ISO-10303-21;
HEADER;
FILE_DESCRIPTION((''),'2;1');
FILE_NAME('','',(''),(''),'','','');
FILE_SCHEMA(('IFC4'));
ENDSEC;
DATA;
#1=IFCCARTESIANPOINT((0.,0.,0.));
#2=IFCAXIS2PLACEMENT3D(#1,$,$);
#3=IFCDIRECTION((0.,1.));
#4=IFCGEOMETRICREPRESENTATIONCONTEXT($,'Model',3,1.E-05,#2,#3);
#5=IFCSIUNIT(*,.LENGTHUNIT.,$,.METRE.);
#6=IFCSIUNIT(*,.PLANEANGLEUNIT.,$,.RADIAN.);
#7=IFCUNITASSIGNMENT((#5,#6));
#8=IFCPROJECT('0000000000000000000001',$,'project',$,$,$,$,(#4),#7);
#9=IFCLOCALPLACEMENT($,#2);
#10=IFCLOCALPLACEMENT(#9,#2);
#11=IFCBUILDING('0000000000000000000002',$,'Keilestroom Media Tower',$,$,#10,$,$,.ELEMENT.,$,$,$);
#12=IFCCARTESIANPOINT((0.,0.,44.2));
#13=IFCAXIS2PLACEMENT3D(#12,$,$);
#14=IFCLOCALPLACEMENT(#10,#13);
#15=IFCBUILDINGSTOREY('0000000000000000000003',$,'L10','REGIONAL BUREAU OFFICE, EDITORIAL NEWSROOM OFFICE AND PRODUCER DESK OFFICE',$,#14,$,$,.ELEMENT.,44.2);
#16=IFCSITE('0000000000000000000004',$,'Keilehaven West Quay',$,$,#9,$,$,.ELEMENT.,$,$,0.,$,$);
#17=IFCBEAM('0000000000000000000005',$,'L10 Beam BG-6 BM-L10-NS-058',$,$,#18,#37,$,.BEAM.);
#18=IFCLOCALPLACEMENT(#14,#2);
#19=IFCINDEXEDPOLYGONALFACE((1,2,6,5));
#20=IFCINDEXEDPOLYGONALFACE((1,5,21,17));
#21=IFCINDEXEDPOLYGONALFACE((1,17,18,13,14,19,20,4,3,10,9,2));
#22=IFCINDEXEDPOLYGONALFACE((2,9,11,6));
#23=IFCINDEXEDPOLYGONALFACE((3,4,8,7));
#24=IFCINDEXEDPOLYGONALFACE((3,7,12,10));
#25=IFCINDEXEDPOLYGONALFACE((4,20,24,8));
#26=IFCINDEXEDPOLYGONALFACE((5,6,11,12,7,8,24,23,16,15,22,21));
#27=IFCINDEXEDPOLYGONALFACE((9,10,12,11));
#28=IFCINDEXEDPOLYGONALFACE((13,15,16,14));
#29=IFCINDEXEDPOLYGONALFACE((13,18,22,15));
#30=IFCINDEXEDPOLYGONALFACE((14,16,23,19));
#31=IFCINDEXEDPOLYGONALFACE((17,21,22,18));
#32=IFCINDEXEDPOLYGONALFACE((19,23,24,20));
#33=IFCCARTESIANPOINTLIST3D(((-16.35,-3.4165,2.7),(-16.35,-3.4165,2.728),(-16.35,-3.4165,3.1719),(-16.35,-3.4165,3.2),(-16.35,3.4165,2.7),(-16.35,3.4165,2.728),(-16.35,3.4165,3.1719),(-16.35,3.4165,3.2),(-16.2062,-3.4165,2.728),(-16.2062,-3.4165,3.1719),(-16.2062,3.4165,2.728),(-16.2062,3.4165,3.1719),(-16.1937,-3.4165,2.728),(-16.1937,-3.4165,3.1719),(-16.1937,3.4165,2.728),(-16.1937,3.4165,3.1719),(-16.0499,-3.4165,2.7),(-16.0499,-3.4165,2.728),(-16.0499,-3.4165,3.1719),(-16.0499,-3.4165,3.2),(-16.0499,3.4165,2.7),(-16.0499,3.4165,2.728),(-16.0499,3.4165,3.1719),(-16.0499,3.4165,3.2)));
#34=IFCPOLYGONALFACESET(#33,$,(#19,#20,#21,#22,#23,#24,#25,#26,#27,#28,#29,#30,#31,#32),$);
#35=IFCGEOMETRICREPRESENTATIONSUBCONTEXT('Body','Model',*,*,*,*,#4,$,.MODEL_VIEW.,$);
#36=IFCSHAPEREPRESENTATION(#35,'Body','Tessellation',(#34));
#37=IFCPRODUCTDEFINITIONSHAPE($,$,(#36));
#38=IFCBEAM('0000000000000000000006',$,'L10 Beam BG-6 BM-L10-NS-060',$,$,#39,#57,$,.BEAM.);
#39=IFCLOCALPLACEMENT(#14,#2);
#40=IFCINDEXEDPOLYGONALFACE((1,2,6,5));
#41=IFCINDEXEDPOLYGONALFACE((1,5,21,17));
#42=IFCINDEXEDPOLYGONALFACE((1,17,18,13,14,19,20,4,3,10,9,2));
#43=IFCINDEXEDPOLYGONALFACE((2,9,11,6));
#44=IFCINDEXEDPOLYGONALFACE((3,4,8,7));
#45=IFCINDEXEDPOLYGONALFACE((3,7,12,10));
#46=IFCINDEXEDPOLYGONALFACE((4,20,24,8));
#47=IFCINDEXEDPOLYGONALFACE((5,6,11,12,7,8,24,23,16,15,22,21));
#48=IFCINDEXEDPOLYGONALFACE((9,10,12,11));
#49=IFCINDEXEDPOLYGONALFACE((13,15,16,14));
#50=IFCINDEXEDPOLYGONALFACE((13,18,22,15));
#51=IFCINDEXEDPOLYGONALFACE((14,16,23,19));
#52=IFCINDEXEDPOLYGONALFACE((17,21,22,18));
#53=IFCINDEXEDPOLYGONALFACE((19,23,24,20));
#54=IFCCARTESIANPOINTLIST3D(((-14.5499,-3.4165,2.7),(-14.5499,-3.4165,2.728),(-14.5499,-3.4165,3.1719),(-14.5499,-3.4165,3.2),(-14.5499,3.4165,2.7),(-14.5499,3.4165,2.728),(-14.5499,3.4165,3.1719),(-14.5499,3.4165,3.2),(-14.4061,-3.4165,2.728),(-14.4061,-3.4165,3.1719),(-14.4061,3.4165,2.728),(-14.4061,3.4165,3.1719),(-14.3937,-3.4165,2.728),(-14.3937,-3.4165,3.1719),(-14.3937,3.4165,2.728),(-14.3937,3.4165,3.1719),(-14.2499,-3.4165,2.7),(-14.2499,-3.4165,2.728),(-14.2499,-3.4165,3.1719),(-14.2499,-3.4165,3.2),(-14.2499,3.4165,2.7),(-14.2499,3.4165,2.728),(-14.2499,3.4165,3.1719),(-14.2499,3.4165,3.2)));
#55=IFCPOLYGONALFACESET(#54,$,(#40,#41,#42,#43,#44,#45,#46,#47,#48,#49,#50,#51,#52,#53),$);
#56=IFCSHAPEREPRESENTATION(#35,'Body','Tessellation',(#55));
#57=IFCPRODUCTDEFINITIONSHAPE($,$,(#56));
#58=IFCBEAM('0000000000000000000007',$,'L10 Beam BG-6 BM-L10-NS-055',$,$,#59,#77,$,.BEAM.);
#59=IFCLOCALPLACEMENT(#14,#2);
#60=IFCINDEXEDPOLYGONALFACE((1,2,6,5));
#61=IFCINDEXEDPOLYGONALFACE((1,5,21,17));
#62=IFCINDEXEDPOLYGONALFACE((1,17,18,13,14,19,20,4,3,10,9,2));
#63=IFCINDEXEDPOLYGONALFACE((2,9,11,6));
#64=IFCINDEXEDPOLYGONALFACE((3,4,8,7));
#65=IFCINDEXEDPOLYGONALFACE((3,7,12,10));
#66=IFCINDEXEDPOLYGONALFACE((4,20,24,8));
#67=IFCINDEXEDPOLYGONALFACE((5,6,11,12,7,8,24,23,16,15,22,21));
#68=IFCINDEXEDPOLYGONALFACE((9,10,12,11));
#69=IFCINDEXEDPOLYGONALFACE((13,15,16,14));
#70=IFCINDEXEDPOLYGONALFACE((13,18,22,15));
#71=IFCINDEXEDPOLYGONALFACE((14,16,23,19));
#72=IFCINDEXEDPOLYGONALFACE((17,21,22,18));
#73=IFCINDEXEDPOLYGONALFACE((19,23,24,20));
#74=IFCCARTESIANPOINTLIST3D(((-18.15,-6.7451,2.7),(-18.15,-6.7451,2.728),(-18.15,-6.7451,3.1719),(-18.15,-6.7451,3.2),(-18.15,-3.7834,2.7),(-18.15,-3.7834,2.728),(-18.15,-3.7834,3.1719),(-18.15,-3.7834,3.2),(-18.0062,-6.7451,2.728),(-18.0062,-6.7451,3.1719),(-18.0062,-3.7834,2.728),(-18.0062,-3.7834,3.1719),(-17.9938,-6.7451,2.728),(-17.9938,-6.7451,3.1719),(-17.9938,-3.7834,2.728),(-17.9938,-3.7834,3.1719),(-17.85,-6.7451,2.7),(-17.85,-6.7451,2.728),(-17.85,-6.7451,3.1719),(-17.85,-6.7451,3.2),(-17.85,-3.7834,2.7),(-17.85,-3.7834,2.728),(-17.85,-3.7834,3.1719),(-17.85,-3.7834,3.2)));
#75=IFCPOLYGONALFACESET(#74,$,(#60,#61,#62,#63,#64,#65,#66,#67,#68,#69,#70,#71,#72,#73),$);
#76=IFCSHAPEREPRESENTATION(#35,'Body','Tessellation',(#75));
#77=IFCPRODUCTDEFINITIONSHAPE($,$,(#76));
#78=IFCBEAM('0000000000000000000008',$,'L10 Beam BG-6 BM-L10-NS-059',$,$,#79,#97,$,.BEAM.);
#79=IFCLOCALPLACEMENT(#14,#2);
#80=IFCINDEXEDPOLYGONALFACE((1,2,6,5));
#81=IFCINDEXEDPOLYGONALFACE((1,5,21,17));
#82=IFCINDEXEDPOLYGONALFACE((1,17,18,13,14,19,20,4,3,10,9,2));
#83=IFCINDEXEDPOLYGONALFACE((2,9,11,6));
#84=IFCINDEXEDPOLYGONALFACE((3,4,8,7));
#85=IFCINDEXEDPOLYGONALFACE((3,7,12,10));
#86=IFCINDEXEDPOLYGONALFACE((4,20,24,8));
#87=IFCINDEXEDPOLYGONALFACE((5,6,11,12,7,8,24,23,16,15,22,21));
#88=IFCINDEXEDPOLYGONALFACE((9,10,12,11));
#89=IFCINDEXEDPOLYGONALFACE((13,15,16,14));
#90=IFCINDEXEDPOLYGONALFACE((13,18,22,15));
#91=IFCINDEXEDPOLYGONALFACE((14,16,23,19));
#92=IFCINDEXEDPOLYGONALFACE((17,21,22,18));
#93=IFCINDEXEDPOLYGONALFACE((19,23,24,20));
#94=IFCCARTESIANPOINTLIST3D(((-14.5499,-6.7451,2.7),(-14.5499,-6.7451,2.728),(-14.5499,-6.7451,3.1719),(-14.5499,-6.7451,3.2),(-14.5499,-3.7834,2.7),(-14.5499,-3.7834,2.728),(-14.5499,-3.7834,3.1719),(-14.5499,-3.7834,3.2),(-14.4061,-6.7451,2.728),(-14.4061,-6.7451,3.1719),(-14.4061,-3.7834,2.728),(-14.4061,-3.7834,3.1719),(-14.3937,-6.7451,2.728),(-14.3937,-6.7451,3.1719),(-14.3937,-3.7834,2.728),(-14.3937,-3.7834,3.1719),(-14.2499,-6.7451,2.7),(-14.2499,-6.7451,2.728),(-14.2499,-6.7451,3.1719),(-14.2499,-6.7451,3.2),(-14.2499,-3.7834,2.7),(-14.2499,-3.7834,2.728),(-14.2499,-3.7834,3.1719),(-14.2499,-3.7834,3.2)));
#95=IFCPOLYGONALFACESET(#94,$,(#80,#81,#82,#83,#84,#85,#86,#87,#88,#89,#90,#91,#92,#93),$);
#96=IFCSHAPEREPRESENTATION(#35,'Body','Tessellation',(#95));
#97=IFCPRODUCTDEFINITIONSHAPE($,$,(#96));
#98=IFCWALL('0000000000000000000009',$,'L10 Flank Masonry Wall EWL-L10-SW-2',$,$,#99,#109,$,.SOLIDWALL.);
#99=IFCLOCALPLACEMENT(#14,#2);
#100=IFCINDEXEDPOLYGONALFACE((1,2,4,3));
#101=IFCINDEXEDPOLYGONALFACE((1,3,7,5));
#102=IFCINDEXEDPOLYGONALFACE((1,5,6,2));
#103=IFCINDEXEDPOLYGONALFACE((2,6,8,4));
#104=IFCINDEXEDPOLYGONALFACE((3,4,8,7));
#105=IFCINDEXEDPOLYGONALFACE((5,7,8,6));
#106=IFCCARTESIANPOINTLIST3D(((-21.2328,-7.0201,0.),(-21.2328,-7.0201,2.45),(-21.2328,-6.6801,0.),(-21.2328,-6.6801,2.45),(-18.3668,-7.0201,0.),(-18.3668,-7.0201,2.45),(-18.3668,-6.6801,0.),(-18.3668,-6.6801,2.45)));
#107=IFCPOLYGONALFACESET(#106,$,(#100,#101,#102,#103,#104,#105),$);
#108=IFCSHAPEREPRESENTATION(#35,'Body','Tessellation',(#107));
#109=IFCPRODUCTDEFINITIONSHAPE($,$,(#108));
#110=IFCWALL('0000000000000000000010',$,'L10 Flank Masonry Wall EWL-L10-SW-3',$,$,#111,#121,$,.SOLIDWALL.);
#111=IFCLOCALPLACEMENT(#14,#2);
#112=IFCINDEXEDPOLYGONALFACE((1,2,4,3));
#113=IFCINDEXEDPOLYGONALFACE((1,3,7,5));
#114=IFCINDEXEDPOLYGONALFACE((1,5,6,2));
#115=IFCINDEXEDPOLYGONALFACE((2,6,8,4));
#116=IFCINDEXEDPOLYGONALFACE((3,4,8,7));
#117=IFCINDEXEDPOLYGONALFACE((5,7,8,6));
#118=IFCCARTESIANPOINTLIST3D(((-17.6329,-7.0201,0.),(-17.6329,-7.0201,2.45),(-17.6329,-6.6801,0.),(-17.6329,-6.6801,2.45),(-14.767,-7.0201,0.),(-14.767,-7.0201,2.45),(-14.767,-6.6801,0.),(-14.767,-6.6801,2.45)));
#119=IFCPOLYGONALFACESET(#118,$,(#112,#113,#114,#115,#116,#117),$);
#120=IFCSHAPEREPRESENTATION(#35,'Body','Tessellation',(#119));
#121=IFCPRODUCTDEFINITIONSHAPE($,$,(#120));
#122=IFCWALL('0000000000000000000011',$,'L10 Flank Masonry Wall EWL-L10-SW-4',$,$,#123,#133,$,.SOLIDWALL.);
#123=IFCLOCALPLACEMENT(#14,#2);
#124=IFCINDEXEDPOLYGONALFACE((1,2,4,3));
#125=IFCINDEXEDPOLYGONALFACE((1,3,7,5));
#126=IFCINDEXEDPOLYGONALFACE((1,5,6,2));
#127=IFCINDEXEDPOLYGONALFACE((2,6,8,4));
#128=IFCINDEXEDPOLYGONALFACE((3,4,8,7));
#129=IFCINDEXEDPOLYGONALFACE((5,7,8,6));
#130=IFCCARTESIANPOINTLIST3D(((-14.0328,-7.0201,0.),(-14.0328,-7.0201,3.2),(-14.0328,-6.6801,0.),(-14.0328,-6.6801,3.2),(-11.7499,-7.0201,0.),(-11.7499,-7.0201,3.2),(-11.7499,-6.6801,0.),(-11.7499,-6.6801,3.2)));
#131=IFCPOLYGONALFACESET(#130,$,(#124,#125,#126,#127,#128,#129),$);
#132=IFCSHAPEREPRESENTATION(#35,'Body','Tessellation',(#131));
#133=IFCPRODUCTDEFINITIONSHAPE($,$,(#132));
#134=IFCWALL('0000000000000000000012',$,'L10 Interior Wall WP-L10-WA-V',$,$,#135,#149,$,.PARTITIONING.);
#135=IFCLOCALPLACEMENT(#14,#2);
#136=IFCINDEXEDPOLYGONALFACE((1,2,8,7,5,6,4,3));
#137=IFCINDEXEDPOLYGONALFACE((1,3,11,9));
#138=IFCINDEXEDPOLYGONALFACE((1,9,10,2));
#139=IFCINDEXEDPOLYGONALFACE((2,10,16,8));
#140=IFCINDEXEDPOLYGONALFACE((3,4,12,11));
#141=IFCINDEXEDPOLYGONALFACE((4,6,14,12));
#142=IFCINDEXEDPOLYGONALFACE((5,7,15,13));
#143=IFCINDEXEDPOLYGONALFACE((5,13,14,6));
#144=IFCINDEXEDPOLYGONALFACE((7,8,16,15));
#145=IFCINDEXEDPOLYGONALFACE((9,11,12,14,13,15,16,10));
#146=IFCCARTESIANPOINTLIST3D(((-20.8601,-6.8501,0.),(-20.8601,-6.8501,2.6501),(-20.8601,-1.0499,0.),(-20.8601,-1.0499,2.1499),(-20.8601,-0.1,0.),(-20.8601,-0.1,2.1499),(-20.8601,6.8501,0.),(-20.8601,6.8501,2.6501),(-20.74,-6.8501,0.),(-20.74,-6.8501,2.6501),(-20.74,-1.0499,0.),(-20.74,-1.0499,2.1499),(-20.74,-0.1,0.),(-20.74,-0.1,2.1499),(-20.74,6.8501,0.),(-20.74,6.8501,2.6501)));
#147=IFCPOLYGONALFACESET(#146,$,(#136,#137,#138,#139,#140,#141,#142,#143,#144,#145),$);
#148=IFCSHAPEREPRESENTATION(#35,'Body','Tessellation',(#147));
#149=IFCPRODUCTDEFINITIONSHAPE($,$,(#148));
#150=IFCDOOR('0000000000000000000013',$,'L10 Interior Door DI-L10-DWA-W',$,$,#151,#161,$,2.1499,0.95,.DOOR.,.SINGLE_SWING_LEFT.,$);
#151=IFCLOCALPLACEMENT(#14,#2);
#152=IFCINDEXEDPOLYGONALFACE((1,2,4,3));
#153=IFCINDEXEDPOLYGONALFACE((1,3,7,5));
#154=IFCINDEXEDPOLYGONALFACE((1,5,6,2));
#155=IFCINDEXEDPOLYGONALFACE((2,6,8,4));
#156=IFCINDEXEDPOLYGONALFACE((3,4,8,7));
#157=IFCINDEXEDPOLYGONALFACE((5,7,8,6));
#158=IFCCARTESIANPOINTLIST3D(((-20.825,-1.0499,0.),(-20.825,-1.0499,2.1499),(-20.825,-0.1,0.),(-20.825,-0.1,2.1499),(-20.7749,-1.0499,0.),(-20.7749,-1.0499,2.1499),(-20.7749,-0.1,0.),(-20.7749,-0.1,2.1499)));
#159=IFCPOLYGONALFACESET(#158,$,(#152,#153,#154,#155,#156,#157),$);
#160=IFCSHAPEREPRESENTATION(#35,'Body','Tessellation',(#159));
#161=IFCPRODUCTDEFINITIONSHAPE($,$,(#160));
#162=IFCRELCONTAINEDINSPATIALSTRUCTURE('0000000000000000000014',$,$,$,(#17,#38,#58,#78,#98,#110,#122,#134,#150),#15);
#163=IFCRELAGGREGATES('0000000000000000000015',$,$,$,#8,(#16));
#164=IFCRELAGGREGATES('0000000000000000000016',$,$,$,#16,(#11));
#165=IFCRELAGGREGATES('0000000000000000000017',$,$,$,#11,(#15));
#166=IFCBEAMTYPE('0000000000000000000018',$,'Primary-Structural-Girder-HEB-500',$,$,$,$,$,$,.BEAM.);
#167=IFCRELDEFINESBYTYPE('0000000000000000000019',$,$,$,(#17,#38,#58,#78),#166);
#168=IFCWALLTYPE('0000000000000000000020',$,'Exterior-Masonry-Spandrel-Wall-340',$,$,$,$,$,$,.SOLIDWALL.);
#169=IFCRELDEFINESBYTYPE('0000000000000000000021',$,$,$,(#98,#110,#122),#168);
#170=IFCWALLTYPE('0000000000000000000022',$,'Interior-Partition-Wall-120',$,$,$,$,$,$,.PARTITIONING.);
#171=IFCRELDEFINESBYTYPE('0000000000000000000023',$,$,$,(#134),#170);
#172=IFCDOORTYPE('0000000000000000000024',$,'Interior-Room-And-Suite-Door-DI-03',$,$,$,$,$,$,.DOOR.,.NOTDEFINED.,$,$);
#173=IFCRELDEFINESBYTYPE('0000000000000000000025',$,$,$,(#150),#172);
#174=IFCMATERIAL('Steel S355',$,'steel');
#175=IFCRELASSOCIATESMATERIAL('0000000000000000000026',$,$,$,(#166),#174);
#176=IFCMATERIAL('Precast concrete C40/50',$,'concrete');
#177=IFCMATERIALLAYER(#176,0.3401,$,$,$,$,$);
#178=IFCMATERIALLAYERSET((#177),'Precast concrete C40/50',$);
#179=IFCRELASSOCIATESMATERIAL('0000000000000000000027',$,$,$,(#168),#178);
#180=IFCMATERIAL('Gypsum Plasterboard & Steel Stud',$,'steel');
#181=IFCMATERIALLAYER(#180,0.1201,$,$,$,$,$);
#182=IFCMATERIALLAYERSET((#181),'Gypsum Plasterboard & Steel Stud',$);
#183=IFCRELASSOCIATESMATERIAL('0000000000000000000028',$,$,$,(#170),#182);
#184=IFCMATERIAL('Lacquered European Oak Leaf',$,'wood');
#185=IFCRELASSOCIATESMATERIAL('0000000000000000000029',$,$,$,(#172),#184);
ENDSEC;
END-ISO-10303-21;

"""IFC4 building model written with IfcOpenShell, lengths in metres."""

from ifc_helpers import new_model, si_unit, direction, frame, frame_2d, origin, origin_2d, place, context, subcontext, project, spatial, rectangle, i_section, extrude, source, transform, mapped, material, layer, layer_set, material_profile, profile_set, type_object, element, fill, save


model = new_model("IFC4")

# Units and contexts
model_context = context("Model", 3, precision=1e-05, world=origin(), true_north=direction((0.0, 1.0)))
body_context = subcontext(model_context, "Body", "Model", "MODEL_VIEW")
ifc_project = project(units=[si_unit("LENGTHUNIT", "METRE"), si_unit("PLANEANGLEUNIT", "RADIAN")], contexts=[model_context])

# Site, building, storey
site_placement = place(None, origin())
site = spatial("IfcSite", under=ifc_project, at=site_placement, Name="Keilehaven West Quay", CompositionType="ELEMENT", RefElevation=0.0)
building_placement = place(site_placement, origin())
building = spatial("IfcBuilding", under=site, at=building_placement, Name="Keilestroom Media Tower", CompositionType="ELEMENT")
storey_placement = place(building_placement, frame((0.0, 0.0, 44.2)))
storey = spatial("IfcBuildingStorey", under=building, at=storey_placement, Name="L10", Description="REGIONAL BUREAU OFFICE, EDITORIAL NEWSROOM OFFICE AND PRODUCER DESK OFFICE", CompositionType="ELEMENT", Elevation=44.2)

# Shared definitions
ifc_material_1 = material(Name="Precast concrete C40/50", Category="concrete")

# Beams
ifc_material_2 = material(Name="Steel S355", Category="steel")
ifc_material_profile_1 = material_profile(ifc_material_2, i_section(OverallWidth=0.3, OverallDepth=0.5, WebThickness=0.0125, FlangeThickness=0.0281, at=origin_2d()), Name="HEB 500")
ifc_profile_set_1 = profile_set([ifc_material_profile_1], Name="Steel S355")
beam_type_1 = type_object("IfcBeamType", Name="Primary-Structural-Girder-HEB-500", PredefinedType="BEAM", material=ifc_profile_set_1)
shared_shape_1 = source(origin(), body_context, "Body", "SweptSolid", [
    extrude(i_section(OverallWidth=0.3, OverallDepth=0.5, WebThickness=0.0125, FlangeThickness=0.0281, at=origin_2d()), origin(), (0.0, 0.0, 1.0), 6.833),
])
for number, where, z_axis, x_axis, name in (
    (1, (-16.2, -3.4165, 2.95), (0.0, 1.0, 0.0), (-1.0, 0.0, 0.0), "L10 Beam BG-6 BM-L10-NS-058"),
    (2, (-14.3999, -3.4165, 2.95), (0.0, 1.0, 0.0), (-1.0, 0.0, 0.0), "L10 Beam BG-6 BM-L10-NS-060"),
):
    element("IfcBeam", number, at=place(storey_placement, frame(where, z_axis=z_axis, x_axis=x_axis)), inside=storey, type_object=beam_type_1, Name=name, PredefinedType="BEAM", context=body_context, shape_type="MappedRepresentation", body=[
        mapped(shared_shape_1, transform((0.0, 0.0, 0.0), x_axis=(1.0, 0.0, 0.0), y_axis=(0.0, 1.0, 0.0), z_axis=(0.0, 0.0, 1.0), scale=1.0)),
    ])
shared_shape_2 = source(origin(), body_context, "Body", "SweptSolid", [
    extrude(i_section(OverallWidth=0.3, OverallDepth=0.5, WebThickness=0.0125, FlangeThickness=0.0281, at=origin_2d()), origin(), (0.0, 0.0, 1.0), 2.9617),
])
for number, where, z_axis, x_axis, name in (
    (3, (-18.0, -6.7451, 2.95), (0.0, 1.0, 0.0), (-1.0, 0.0, 0.0), "L10 Beam BG-6 BM-L10-NS-055"),
    (4, (-14.3999, -6.7451, 2.95), (0.0, 1.0, 0.0), (-1.0, 0.0, 0.0), "L10 Beam BG-6 BM-L10-NS-059"),
):
    element("IfcBeam", number, at=place(storey_placement, frame(where, z_axis=z_axis, x_axis=x_axis)), inside=storey, type_object=beam_type_1, Name=name, PredefinedType="BEAM", context=body_context, shape_type="MappedRepresentation", body=[
        mapped(shared_shape_2, transform((0.0, 0.0, 0.0), x_axis=(1.0, 0.0, 0.0), y_axis=(0.0, 1.0, 0.0), z_axis=(0.0, 0.0, 1.0), scale=1.0)),
    ])

# Walls
ifc_layer_1 = layer(ifc_material_1, 0.3401)
ifc_layer_set_1 = layer_set([ifc_layer_1], Name="Precast concrete C40/50")
wall_type_1 = type_object("IfcWallType", Name="Exterior-Masonry-Spandrel-Wall-340", PredefinedType="SOLIDWALL", material=ifc_layer_set_1)
for number, where, z_axis, x_axis, name in (
    (5, (-21.2329, -6.8501, 0.0), (0.0, 0.0, 1.0), (1.0, 0.0, 0.0), "L10 Flank Masonry Wall EWL-L10-SW-2"),
    (6, (-17.6331, -6.8501, 0.0), (0.0, 0.0, 1.0), (1.0, 0.0, 0.0), "L10 Flank Masonry Wall EWL-L10-SW-3"),
):
    element("IfcWall", number, at=place(storey_placement, frame(where, z_axis=z_axis, x_axis=x_axis)), inside=storey, type_object=wall_type_1, Name=name, PredefinedType="SOLIDWALL", context=body_context, shape_type="SweptSolid", body=[
        extrude(rectangle(XDim=2.866, YDim=0.3401, at=frame_2d((1.4331, 0.0))), origin(), (0.0, 0.0, 1.0), 2.45),
    ])
wall_1_placement = place(storey_placement, frame((-14.033, -6.8501, 0.0), z_axis=(0.0, 0.0, 1.0), x_axis=(1.0, 0.0, 0.0)))
element("IfcWall", 7, at=wall_1_placement, inside=storey, type_object=wall_type_1, Name="L10 Flank Masonry Wall EWL-L10-SW-4", PredefinedType="SOLIDWALL", context=body_context, shape_type="SweptSolid", body=[
    extrude(rectangle(XDim=2.283, YDim=0.3401, at=frame_2d((1.1416, 0.0))), origin(), (0.0, 0.0, 1.0), 3.2),
])

# Wall, opening, door
ifc_material_3 = material(Name="Gypsum Plasterboard & Steel Stud", Category="steel")
ifc_layer_2 = layer(ifc_material_3, 0.1201)
ifc_layer_set_2 = layer_set([ifc_layer_2], Name="Gypsum Plasterboard & Steel Stud")
wall_type_2 = type_object("IfcWallType", Name="Interior-Partition-Wall-120", PredefinedType="PARTITIONING", material=ifc_layer_set_2)
wall_2_placement = place(storey_placement, frame((-20.8, -6.8501, 0.0), z_axis=(0.0, 0.0, 1.0), x_axis=(0.0, 1.0, 0.0)))
wall_2 = element("IfcWall", 8, at=wall_2_placement, inside=storey, type_object=wall_type_2, Name="L10 Interior Wall WP-L10-WA-V", PredefinedType="PARTITIONING", context=body_context, shape_type="SweptSolid", body=[
    extrude(rectangle(XDim=13.7002, YDim=0.1201, at=frame_2d((6.8501, 0.0))), origin(), (0.0, 0.0, 1.0), 2.6501),
])
opening_1_placement = place(wall_2_placement, frame((5.8, 0.0, 0.0)))
opening_1 = element("IfcOpeningElement", 9, at=opening_1_placement, cuts=wall_2, PredefinedType="OPENING", context=body_context, shape_type="SweptSolid", body=[
    extrude(rectangle(XDim=0.95, YDim=2.1499, at=frame_2d((0.4751, 1.075))), frame((0.0, 0.0701, 0.0), z_axis=(0.0, -1.0, 0.0), x_axis=(1.0, 0.0, 0.0)), (0.0, 0.0, 1.0), 0.1401),
])
ifc_material_4 = material(Name="Lacquered European Oak Leaf", Category="wood")
door_type_1 = type_object("IfcDoorType", Name="Interior-Room-And-Suite-Door-DI-03", OperationType="NOTDEFINED", PredefinedType="DOOR", material=ifc_material_4)
shared_shape_3 = source(origin(), body_context, "Body", "SweptSolid", [
    extrude(rectangle(XDim=0.95, YDim=2.1499, at=frame_2d((0.4751, 1.075))), frame((0.0, 0.0249, 0.0), z_axis=(0.0, -1.0, 0.0), x_axis=(1.0, 0.0, 0.0)), (0.0, 0.0, 1.0), 0.05),
])
door_1_placement = place(opening_1_placement, origin())
door_1 = element("IfcDoor", 10, at=door_1_placement, inside=storey, type_object=door_type_1, Name="L10 Interior Door DI-L10-DWA-W", OperationType="SINGLE_SWING_LEFT", OverallHeight=2.1499, OverallWidth=0.95, PredefinedType="DOOR", context=body_context, shape_type="MappedRepresentation", body=[
    mapped(shared_shape_3, transform((0.0, 0.0, 0.0), x_axis=(1.0, 0.0, 0.0), y_axis=(0.0, 1.0, 0.0), z_axis=(0.0, 0.0, 1.0), scale=1.0)),
])
fill(opening_1, door_1)

save(model, "model.ifc")
